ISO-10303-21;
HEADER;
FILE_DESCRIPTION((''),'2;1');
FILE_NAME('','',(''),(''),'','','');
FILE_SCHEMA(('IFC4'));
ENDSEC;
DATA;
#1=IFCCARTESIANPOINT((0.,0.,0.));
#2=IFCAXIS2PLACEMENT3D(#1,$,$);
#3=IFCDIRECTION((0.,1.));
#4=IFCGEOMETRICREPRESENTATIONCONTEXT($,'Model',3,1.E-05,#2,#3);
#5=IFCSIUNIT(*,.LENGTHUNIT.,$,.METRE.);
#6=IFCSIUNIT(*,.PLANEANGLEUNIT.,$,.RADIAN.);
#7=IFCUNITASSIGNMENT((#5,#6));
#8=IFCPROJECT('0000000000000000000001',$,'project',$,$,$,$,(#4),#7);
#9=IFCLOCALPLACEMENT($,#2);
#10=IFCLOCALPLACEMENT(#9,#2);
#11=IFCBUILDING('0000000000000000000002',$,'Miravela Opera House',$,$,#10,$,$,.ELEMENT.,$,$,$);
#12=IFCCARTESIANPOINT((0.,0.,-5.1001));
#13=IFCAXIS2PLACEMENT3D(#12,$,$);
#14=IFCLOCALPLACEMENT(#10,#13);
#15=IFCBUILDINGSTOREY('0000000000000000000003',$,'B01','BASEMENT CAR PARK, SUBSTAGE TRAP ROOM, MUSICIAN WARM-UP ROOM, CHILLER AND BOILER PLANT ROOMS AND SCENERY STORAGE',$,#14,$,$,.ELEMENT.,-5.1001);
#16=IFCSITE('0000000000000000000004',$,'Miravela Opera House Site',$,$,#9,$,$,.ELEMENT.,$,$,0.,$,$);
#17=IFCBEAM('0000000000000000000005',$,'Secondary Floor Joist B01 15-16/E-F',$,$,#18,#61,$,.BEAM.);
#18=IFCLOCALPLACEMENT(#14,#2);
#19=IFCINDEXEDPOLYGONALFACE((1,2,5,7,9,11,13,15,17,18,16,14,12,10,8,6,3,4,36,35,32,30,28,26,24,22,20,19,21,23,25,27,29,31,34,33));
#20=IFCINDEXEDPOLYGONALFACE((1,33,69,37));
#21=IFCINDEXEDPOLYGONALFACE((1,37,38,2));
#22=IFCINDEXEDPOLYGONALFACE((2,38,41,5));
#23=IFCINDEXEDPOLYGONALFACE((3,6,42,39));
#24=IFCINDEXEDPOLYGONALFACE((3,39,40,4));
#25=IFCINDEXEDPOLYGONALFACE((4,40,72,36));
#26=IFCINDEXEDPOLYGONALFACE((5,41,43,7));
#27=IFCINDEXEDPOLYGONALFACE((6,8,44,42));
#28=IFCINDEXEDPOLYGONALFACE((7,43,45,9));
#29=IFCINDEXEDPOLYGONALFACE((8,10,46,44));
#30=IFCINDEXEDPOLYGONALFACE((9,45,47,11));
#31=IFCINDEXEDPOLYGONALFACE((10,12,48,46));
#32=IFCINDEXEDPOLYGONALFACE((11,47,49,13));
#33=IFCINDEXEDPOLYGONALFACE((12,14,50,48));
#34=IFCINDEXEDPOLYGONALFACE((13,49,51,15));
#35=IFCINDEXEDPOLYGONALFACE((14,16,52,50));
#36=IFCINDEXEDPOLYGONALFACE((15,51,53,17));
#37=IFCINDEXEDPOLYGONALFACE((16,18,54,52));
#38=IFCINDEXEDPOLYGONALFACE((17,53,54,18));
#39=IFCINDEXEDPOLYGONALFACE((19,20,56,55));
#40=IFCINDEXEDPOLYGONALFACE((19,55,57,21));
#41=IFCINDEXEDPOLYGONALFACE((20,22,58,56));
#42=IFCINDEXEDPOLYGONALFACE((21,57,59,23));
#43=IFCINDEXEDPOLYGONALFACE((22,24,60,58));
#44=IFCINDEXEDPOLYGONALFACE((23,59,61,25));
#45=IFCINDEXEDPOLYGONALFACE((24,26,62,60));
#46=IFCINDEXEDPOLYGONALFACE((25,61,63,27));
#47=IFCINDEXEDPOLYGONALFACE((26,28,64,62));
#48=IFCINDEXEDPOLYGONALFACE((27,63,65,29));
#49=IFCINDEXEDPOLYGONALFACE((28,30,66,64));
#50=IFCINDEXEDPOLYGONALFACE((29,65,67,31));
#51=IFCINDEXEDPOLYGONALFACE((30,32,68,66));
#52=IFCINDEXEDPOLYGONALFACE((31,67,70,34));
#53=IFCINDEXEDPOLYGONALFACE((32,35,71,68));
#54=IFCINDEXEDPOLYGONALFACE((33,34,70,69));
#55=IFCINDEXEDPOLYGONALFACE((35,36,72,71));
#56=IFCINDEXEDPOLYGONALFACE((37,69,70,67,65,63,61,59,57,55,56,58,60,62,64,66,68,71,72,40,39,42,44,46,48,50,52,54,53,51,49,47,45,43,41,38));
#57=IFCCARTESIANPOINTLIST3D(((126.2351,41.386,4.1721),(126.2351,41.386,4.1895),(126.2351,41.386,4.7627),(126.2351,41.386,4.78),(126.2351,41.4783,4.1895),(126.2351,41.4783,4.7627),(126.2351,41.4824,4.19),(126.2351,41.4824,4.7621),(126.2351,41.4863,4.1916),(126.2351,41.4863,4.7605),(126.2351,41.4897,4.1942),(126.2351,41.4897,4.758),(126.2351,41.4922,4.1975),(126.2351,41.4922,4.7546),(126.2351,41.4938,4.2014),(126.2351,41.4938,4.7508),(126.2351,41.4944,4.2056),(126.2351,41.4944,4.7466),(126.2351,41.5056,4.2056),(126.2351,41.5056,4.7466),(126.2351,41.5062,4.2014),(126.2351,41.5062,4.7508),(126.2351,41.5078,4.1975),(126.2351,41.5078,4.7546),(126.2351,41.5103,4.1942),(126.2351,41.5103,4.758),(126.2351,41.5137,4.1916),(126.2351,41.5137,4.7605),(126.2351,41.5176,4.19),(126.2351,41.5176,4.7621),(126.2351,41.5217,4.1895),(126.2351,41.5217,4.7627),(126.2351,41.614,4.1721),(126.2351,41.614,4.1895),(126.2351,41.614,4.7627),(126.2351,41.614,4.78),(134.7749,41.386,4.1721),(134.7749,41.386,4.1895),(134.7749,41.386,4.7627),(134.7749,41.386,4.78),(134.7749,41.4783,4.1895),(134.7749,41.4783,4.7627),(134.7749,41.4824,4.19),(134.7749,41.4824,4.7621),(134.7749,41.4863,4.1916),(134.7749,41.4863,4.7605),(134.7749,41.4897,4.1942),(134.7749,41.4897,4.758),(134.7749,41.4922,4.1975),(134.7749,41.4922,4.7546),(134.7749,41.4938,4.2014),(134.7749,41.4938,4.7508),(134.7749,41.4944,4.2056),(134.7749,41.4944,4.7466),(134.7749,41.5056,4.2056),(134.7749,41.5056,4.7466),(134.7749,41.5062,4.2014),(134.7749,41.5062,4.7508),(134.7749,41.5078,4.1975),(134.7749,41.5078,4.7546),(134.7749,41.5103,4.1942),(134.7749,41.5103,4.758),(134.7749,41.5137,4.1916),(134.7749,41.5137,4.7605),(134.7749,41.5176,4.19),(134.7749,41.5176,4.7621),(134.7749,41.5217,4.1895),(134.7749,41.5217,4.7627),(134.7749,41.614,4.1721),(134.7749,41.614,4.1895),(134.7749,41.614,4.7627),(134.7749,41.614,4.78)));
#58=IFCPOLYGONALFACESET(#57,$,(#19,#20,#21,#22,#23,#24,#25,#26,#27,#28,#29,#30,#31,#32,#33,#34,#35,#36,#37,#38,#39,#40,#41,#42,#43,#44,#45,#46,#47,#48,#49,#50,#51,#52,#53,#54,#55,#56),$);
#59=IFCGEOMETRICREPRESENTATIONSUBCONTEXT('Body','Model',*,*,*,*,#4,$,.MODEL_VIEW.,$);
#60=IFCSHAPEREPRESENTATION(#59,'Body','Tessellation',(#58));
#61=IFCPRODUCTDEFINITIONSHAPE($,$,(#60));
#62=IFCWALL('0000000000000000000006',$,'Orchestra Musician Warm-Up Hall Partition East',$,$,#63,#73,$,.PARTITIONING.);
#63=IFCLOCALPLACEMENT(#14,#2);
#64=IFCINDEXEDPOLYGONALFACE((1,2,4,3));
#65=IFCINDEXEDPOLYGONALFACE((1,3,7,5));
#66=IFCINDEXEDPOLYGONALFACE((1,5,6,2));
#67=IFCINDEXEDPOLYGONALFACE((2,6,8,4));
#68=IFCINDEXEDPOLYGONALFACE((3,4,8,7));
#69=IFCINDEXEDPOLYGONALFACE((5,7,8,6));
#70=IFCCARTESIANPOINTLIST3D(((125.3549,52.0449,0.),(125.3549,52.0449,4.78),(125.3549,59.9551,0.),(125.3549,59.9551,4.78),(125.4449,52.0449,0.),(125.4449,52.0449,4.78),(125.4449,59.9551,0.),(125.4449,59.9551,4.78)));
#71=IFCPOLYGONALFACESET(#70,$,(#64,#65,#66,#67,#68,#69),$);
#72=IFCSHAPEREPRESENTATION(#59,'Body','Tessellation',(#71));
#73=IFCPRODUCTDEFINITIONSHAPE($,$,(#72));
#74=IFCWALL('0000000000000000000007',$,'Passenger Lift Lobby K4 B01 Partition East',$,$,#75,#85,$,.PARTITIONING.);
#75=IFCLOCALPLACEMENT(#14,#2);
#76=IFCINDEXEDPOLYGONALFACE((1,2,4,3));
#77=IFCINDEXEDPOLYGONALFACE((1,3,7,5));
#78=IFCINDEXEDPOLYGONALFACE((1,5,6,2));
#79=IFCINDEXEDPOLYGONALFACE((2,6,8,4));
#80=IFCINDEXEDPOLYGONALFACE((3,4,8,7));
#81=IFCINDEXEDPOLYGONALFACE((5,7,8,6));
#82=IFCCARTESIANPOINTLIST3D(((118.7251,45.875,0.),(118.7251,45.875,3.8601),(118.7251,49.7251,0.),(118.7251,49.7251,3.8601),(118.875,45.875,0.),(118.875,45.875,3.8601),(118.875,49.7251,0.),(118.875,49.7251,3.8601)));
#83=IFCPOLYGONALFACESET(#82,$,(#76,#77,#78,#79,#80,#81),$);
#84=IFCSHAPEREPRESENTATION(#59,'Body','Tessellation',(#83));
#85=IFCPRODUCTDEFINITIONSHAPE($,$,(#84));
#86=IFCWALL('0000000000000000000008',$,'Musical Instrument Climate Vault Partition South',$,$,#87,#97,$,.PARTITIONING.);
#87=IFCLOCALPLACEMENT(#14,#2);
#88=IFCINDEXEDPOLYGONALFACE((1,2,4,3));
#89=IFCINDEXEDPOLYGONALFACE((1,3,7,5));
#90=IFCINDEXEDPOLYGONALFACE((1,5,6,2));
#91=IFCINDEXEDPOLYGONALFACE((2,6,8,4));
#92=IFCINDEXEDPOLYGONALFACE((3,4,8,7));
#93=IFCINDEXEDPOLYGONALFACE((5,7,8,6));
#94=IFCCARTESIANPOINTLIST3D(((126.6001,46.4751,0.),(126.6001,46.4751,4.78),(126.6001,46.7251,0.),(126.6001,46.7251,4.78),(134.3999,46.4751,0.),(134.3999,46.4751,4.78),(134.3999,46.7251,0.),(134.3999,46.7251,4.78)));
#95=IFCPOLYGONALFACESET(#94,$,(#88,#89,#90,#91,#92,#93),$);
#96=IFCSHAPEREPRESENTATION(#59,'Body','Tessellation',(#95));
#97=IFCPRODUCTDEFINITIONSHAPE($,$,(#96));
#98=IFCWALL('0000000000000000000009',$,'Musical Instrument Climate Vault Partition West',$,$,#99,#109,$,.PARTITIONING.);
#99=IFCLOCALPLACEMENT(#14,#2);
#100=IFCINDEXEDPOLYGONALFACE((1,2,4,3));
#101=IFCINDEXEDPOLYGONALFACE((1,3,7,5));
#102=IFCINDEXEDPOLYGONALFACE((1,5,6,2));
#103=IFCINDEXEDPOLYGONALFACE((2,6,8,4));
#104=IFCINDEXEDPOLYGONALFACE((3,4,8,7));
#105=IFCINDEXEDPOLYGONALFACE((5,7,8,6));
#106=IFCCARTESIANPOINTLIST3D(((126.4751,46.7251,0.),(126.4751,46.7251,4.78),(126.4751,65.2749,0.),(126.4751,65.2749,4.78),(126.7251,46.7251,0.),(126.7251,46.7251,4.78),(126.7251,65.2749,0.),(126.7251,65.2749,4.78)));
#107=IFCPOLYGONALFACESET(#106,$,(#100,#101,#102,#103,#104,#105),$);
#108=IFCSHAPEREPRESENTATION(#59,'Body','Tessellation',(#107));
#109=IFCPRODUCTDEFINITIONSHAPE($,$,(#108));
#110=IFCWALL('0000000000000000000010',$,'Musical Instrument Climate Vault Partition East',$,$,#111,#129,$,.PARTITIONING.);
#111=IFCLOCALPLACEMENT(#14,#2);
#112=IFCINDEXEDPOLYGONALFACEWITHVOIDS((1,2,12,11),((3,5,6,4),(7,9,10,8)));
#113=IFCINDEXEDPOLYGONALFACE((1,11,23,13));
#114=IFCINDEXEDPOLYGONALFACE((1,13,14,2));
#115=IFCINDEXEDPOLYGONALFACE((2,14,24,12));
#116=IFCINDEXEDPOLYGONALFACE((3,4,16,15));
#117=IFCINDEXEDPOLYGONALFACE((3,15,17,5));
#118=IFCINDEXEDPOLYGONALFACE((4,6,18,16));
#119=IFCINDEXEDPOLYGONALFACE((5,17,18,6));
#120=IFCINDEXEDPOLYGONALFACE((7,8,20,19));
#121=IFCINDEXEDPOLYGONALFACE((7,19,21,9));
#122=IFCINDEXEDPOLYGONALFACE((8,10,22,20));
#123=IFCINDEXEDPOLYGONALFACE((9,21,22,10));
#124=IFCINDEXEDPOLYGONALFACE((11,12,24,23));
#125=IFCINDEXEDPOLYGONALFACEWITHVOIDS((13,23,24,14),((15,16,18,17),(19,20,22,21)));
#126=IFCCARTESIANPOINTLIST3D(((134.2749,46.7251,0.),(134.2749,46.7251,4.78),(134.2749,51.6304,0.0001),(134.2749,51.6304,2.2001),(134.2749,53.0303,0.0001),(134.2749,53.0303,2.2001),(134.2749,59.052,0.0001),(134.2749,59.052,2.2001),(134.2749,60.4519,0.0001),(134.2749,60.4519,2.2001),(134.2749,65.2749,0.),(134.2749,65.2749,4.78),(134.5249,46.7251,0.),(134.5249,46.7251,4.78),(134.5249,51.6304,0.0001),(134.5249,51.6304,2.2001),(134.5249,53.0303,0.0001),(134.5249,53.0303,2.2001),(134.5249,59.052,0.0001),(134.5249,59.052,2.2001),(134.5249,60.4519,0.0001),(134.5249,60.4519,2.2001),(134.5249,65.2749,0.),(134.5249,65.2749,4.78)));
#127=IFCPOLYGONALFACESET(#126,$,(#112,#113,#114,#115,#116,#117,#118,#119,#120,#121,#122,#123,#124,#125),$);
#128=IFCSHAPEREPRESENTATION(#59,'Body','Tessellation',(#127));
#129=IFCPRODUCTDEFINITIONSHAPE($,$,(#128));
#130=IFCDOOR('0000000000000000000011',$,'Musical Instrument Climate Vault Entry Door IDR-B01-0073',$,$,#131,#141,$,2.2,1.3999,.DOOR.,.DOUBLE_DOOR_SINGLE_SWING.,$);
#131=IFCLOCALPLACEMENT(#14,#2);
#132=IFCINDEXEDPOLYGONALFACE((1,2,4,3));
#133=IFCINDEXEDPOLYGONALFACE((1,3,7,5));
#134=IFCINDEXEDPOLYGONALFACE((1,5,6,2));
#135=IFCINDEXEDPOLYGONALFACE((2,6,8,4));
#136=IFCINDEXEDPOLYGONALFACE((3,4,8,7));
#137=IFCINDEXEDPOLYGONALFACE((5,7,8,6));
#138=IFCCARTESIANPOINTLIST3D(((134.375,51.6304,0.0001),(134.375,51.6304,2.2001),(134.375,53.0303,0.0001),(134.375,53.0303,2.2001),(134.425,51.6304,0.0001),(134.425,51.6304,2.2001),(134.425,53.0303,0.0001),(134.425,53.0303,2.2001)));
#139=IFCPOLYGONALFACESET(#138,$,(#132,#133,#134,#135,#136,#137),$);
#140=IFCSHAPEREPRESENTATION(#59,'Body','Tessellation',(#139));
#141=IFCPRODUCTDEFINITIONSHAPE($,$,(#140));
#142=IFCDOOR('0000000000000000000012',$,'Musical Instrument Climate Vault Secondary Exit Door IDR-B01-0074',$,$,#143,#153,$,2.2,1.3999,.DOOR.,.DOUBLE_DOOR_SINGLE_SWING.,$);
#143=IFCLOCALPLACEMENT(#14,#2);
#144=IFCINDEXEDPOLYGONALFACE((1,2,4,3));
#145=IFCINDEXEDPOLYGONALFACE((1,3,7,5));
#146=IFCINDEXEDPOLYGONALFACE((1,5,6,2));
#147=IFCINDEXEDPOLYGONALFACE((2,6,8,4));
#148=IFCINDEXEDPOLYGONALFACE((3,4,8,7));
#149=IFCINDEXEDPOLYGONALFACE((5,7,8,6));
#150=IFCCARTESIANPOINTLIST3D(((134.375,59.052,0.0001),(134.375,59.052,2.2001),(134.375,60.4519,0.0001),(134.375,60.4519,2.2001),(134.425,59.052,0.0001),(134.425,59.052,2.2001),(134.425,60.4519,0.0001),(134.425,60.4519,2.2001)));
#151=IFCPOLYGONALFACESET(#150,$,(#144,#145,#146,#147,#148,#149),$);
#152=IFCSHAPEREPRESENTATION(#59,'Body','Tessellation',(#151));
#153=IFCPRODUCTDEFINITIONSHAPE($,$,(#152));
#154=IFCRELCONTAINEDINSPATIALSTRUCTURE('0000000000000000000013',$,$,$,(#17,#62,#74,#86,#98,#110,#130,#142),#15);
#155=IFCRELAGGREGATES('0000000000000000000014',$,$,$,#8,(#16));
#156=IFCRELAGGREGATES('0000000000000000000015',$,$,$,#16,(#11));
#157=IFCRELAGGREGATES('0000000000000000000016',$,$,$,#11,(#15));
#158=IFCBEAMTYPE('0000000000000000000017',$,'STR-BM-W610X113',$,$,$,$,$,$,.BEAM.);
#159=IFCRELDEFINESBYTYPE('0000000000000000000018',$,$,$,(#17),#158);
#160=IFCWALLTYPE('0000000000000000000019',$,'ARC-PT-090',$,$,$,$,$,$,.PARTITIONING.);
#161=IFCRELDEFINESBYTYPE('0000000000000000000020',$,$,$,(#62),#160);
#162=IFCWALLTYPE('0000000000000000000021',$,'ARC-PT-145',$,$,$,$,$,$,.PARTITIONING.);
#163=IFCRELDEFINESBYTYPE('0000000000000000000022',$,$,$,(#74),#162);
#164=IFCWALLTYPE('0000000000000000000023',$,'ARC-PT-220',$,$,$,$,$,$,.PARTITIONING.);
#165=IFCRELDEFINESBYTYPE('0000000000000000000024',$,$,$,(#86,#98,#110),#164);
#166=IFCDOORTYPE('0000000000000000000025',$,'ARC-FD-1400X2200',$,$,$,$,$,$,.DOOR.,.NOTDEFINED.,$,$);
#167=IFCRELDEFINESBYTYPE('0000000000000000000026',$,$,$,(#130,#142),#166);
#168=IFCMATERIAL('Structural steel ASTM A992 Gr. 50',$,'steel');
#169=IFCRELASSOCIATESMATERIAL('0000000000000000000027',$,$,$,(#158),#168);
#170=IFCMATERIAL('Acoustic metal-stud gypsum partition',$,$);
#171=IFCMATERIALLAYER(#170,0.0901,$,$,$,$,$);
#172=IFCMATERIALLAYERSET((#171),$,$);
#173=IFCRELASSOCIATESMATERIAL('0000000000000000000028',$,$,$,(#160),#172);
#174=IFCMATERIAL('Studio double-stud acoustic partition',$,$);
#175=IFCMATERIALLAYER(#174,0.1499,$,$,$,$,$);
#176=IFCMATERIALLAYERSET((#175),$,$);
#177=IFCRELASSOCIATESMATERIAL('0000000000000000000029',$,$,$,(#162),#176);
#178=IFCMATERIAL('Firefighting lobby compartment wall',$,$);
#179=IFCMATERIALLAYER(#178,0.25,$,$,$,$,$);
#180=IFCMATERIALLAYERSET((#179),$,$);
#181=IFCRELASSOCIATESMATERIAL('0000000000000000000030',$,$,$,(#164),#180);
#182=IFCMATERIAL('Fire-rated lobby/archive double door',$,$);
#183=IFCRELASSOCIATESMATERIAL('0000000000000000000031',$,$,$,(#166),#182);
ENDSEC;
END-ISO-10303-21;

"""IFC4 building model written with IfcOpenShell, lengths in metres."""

from ifc_helpers import new_model, si_unit, direction, frame, frame_2d, origin, origin_2d, place, context, subcontext, project, spatial, rectangle, i_section, extrude, material, layer, layer_set, material_profile, profile_set, type_object, element, fill, save


model = new_model("IFC4")

# Units and contexts
model_context = context("Model", 3, precision=1e-05, world=origin(), true_north=direction((0.0, 1.0)))
body_context = subcontext(model_context, "Body", "Model", "MODEL_VIEW")
ifc_project = project(units=[si_unit("LENGTHUNIT", "METRE"), si_unit("PLANEANGLEUNIT", "RADIAN")], contexts=[model_context])

# Site, building, storey
site_placement = place(None, origin())
site = spatial("IfcSite", under=ifc_project, at=site_placement, Name="Miravela Opera House Site", CompositionType="ELEMENT", RefElevation=0.0)
building_placement = place(site_placement, origin())
building = spatial("IfcBuilding", under=site, at=building_placement, Name="Miravela Opera House", CompositionType="ELEMENT")
storey_placement = place(building_placement, frame((0.0, 0.0, -5.1001)))
storey = spatial("IfcBuildingStorey", under=building, at=storey_placement, Name="B01", Description="BASEMENT CAR PARK, SUBSTAGE TRAP ROOM, MUSICIAN WARM-UP ROOM, CHILLER AND BOILER PLANT ROOMS AND SCENERY STORAGE", CompositionType="ELEMENT", Elevation=-5.1001)

# Beam
ifc_material_1 = material(Name="Structural steel ASTM A992 Gr. 50", Category="steel")
ifc_material_profile_1 = material_profile(ifc_material_1, i_section(OverallWidth=0.228, OverallDepth=0.6079, WebThickness=0.0112, FlangeThickness=0.0173, FilletRadius=0.0161, at=origin_2d()), Name="W610X113")
ifc_profile_set_1 = profile_set([ifc_material_profile_1])
beam_type_1 = type_object("IfcBeamType", Name="STR-BM-W610X113", PredefinedType="BEAM", material=ifc_profile_set_1)
beam_1_placement = place(storey_placement, frame((126.2351, 41.5, 4.4761), z_axis=(1.0, 0.0, 0.0), x_axis=(0.0, 1.0, 0.0)))
element("IfcBeam", 1, at=beam_1_placement, inside=storey, type_object=beam_type_1, Name="Secondary Floor Joist B01 15-16/E-F", PredefinedType="BEAM", context=body_context, shape_type="SweptSolid", body=[
    extrude(i_section(OverallWidth=0.228, OverallDepth=0.6079, WebThickness=0.0112, FlangeThickness=0.0173, FilletRadius=0.0161, at=origin_2d()), origin(), (0.0, 0.0, 1.0), 8.5398),
])

# Walls
ifc_material_2 = material(Name="Acoustic metal-stud gypsum partition")
ifc_layer_1 = layer(ifc_material_2, 0.0901)
ifc_layer_set_1 = layer_set([ifc_layer_1])
wall_type_1 = type_object("IfcWallType", Name="ARC-PT-090", PredefinedType="PARTITIONING", material=ifc_layer_set_1)
wall_1_placement = place(storey_placement, frame((125.3999, 52.0449, 0.0), z_axis=(0.0, 0.0, 1.0), x_axis=(0.0, 1.0, 0.0)))
element("IfcWall", 2, at=wall_1_placement, inside=storey, type_object=wall_type_1, Name="Orchestra Musician Warm-Up Hall Partition East", PredefinedType="PARTITIONING", context=body_context, shape_type="SweptSolid", body=[
    extrude(rectangle(XDim=7.9102, YDim=0.0901, at=frame_2d((3.9551, 0.0))), origin(), (0.0, 0.0, 1.0), 4.78),
])
ifc_material_3 = material(Name="Studio double-stud acoustic partition")
ifc_layer_2 = layer(ifc_material_3, 0.1499)
ifc_layer_set_2 = layer_set([ifc_layer_2])
wall_type_2 = type_object("IfcWallType", Name="ARC-PT-145", PredefinedType="PARTITIONING", material=ifc_layer_set_2)
wall_2_placement = place(storey_placement, frame((118.8, 45.875, 0.0), z_axis=(0.0, 0.0, 1.0), x_axis=(0.0, 1.0, 0.0)))
element("IfcWall", 3, at=wall_2_placement, inside=storey, type_object=wall_type_2, Name="Passenger Lift Lobby K4 B01 Partition East", PredefinedType="PARTITIONING", context=body_context, shape_type="SweptSolid", body=[
    extrude(rectangle(XDim=3.8501, YDim=0.1499, at=frame_2d((1.925, 0.0))), origin(), (0.0, 0.0, 1.0), 3.8601),
])
ifc_material_4 = material(Name="Firefighting lobby compartment wall")
ifc_layer_3 = layer(ifc_material_4, 0.25)
ifc_layer_set_3 = layer_set([ifc_layer_3])
wall_type_3 = type_object("IfcWallType", Name="ARC-PT-220", PredefinedType="PARTITIONING", material=ifc_layer_set_3)
wall_3_placement = place(storey_placement, frame((126.6001, 46.6001, 0.0), z_axis=(0.0, 0.0, 1.0), x_axis=(1.0, 0.0, 0.0)))
element("IfcWall", 4, at=wall_3_placement, inside=storey, type_object=wall_type_3, Name="Musical Instrument Climate Vault Partition South", PredefinedType="PARTITIONING", context=body_context, shape_type="SweptSolid", body=[
    extrude(rectangle(XDim=7.7998, YDim=0.25, at=frame_2d((3.8999, 0.0))), origin(), (0.0, 0.0, 1.0), 4.78),
])
wall_4_placement = place(storey_placement, frame((126.6001, 46.7251, 0.0), z_axis=(0.0, 0.0, 1.0), x_axis=(0.0, 1.0, 0.0)))
element("IfcWall", 5, at=wall_4_placement, inside=storey, type_object=wall_type_3, Name="Musical Instrument Climate Vault Partition West", PredefinedType="PARTITIONING", context=body_context, shape_type="SweptSolid", body=[
    extrude(rectangle(XDim=18.5498, YDim=0.25, at=frame_2d((9.2749, 0.0))), origin(), (0.0, 0.0, 1.0), 4.78),
])

# Wall, openings, doors
wall_5_placement = place(storey_placement, frame((134.3999, 46.7251, 0.0), z_axis=(0.0, 0.0, 1.0), x_axis=(0.0, 1.0, 0.0)))
wall_5 = element("IfcWall", 6, at=wall_5_placement, inside=storey, type_object=wall_type_3, Name="Musical Instrument Climate Vault Partition East", PredefinedType="PARTITIONING", context=body_context, shape_type="SweptSolid", body=[
    extrude(rectangle(XDim=18.5498, YDim=0.25, at=frame_2d((9.2749, 0.0))), origin(), (0.0, 0.0, 1.0), 4.78),
])
opening_1_placement = place(wall_5_placement, frame((4.9053, 0.0, 0.0)))
opening_1 = element("IfcOpeningElement", 7, at=opening_1_placement, cuts=wall_5, PredefinedType="OPENING", context=body_context, shape_type="SweptSolid", body=[
    extrude(rectangle(XDim=1.3999, YDim=2.2, at=frame_2d((0.7, 1.1001))), frame((0.0, 0.135, 0.0), z_axis=(0.0, -1.0, 0.0), x_axis=(1.0, 0.0, 0.0)), (0.0, 0.0, 1.0), 0.27),
])
opening_2_placement = place(wall_5_placement, frame((12.3269, 0.0, 0.0)))
opening_2 = element("IfcOpeningElement", 8, at=opening_2_placement, cuts=wall_5, PredefinedType="OPENING", context=body_context, shape_type="SweptSolid", body=[
    extrude(rectangle(XDim=1.3999, YDim=2.2, at=frame_2d((0.7, 1.1001))), frame((0.0, 0.135, 0.0), z_axis=(0.0, -1.0, 0.0), x_axis=(1.0, 0.0, 0.0)), (0.0, 0.0, 1.0), 0.27),
])
ifc_material_5 = material(Name="Fire-rated lobby/archive double door")
door_type = type_object("IfcDoorType", Name="ARC-FD-1400X2200", OperationType="NOTDEFINED", PredefinedType="DOOR", material=ifc_material_5)
door_1_placement = place(opening_1_placement, origin())
door_1 = element("IfcDoor", 9, at=door_1_placement, inside=storey, type_object=door_type, Name="Musical Instrument Climate Vault Entry Door IDR-B01-0073", OperationType="DOUBLE_DOOR_SINGLE_SWING", OverallHeight=2.2, OverallWidth=1.3999, PredefinedType="DOOR", context=body_context, shape_type="SweptSolid", body=[
    extrude(rectangle(XDim=1.3999, YDim=2.2, at=frame_2d((0.7, 1.1001))), frame((0.0, 0.0249, 0.0), z_axis=(0.0, -1.0, 0.0), x_axis=(1.0, 0.0, 0.0)), (0.0, 0.0, 1.0), 0.05),
])
fill(opening_1, door_1)
door_2_placement = place(opening_2_placement, origin())
door_2 = element("IfcDoor", 10, at=door_2_placement, inside=storey, type_object=door_type, Name="Musical Instrument Climate Vault Secondary Exit Door IDR-B01-0074", OperationType="DOUBLE_DOOR_SINGLE_SWING", OverallHeight=2.2, OverallWidth=1.3999, PredefinedType="DOOR", context=body_context, shape_type="SweptSolid", body=[
    extrude(rectangle(XDim=1.3999, YDim=2.2, at=frame_2d((0.7, 1.1001))), frame((0.0, 0.0249, 0.0), z_axis=(0.0, -1.0, 0.0), x_axis=(1.0, 0.0, 0.0)), (0.0, 0.0, 1.0), 0.05),
])
fill(opening_2, door_2)

save(model, "model.ifc")
